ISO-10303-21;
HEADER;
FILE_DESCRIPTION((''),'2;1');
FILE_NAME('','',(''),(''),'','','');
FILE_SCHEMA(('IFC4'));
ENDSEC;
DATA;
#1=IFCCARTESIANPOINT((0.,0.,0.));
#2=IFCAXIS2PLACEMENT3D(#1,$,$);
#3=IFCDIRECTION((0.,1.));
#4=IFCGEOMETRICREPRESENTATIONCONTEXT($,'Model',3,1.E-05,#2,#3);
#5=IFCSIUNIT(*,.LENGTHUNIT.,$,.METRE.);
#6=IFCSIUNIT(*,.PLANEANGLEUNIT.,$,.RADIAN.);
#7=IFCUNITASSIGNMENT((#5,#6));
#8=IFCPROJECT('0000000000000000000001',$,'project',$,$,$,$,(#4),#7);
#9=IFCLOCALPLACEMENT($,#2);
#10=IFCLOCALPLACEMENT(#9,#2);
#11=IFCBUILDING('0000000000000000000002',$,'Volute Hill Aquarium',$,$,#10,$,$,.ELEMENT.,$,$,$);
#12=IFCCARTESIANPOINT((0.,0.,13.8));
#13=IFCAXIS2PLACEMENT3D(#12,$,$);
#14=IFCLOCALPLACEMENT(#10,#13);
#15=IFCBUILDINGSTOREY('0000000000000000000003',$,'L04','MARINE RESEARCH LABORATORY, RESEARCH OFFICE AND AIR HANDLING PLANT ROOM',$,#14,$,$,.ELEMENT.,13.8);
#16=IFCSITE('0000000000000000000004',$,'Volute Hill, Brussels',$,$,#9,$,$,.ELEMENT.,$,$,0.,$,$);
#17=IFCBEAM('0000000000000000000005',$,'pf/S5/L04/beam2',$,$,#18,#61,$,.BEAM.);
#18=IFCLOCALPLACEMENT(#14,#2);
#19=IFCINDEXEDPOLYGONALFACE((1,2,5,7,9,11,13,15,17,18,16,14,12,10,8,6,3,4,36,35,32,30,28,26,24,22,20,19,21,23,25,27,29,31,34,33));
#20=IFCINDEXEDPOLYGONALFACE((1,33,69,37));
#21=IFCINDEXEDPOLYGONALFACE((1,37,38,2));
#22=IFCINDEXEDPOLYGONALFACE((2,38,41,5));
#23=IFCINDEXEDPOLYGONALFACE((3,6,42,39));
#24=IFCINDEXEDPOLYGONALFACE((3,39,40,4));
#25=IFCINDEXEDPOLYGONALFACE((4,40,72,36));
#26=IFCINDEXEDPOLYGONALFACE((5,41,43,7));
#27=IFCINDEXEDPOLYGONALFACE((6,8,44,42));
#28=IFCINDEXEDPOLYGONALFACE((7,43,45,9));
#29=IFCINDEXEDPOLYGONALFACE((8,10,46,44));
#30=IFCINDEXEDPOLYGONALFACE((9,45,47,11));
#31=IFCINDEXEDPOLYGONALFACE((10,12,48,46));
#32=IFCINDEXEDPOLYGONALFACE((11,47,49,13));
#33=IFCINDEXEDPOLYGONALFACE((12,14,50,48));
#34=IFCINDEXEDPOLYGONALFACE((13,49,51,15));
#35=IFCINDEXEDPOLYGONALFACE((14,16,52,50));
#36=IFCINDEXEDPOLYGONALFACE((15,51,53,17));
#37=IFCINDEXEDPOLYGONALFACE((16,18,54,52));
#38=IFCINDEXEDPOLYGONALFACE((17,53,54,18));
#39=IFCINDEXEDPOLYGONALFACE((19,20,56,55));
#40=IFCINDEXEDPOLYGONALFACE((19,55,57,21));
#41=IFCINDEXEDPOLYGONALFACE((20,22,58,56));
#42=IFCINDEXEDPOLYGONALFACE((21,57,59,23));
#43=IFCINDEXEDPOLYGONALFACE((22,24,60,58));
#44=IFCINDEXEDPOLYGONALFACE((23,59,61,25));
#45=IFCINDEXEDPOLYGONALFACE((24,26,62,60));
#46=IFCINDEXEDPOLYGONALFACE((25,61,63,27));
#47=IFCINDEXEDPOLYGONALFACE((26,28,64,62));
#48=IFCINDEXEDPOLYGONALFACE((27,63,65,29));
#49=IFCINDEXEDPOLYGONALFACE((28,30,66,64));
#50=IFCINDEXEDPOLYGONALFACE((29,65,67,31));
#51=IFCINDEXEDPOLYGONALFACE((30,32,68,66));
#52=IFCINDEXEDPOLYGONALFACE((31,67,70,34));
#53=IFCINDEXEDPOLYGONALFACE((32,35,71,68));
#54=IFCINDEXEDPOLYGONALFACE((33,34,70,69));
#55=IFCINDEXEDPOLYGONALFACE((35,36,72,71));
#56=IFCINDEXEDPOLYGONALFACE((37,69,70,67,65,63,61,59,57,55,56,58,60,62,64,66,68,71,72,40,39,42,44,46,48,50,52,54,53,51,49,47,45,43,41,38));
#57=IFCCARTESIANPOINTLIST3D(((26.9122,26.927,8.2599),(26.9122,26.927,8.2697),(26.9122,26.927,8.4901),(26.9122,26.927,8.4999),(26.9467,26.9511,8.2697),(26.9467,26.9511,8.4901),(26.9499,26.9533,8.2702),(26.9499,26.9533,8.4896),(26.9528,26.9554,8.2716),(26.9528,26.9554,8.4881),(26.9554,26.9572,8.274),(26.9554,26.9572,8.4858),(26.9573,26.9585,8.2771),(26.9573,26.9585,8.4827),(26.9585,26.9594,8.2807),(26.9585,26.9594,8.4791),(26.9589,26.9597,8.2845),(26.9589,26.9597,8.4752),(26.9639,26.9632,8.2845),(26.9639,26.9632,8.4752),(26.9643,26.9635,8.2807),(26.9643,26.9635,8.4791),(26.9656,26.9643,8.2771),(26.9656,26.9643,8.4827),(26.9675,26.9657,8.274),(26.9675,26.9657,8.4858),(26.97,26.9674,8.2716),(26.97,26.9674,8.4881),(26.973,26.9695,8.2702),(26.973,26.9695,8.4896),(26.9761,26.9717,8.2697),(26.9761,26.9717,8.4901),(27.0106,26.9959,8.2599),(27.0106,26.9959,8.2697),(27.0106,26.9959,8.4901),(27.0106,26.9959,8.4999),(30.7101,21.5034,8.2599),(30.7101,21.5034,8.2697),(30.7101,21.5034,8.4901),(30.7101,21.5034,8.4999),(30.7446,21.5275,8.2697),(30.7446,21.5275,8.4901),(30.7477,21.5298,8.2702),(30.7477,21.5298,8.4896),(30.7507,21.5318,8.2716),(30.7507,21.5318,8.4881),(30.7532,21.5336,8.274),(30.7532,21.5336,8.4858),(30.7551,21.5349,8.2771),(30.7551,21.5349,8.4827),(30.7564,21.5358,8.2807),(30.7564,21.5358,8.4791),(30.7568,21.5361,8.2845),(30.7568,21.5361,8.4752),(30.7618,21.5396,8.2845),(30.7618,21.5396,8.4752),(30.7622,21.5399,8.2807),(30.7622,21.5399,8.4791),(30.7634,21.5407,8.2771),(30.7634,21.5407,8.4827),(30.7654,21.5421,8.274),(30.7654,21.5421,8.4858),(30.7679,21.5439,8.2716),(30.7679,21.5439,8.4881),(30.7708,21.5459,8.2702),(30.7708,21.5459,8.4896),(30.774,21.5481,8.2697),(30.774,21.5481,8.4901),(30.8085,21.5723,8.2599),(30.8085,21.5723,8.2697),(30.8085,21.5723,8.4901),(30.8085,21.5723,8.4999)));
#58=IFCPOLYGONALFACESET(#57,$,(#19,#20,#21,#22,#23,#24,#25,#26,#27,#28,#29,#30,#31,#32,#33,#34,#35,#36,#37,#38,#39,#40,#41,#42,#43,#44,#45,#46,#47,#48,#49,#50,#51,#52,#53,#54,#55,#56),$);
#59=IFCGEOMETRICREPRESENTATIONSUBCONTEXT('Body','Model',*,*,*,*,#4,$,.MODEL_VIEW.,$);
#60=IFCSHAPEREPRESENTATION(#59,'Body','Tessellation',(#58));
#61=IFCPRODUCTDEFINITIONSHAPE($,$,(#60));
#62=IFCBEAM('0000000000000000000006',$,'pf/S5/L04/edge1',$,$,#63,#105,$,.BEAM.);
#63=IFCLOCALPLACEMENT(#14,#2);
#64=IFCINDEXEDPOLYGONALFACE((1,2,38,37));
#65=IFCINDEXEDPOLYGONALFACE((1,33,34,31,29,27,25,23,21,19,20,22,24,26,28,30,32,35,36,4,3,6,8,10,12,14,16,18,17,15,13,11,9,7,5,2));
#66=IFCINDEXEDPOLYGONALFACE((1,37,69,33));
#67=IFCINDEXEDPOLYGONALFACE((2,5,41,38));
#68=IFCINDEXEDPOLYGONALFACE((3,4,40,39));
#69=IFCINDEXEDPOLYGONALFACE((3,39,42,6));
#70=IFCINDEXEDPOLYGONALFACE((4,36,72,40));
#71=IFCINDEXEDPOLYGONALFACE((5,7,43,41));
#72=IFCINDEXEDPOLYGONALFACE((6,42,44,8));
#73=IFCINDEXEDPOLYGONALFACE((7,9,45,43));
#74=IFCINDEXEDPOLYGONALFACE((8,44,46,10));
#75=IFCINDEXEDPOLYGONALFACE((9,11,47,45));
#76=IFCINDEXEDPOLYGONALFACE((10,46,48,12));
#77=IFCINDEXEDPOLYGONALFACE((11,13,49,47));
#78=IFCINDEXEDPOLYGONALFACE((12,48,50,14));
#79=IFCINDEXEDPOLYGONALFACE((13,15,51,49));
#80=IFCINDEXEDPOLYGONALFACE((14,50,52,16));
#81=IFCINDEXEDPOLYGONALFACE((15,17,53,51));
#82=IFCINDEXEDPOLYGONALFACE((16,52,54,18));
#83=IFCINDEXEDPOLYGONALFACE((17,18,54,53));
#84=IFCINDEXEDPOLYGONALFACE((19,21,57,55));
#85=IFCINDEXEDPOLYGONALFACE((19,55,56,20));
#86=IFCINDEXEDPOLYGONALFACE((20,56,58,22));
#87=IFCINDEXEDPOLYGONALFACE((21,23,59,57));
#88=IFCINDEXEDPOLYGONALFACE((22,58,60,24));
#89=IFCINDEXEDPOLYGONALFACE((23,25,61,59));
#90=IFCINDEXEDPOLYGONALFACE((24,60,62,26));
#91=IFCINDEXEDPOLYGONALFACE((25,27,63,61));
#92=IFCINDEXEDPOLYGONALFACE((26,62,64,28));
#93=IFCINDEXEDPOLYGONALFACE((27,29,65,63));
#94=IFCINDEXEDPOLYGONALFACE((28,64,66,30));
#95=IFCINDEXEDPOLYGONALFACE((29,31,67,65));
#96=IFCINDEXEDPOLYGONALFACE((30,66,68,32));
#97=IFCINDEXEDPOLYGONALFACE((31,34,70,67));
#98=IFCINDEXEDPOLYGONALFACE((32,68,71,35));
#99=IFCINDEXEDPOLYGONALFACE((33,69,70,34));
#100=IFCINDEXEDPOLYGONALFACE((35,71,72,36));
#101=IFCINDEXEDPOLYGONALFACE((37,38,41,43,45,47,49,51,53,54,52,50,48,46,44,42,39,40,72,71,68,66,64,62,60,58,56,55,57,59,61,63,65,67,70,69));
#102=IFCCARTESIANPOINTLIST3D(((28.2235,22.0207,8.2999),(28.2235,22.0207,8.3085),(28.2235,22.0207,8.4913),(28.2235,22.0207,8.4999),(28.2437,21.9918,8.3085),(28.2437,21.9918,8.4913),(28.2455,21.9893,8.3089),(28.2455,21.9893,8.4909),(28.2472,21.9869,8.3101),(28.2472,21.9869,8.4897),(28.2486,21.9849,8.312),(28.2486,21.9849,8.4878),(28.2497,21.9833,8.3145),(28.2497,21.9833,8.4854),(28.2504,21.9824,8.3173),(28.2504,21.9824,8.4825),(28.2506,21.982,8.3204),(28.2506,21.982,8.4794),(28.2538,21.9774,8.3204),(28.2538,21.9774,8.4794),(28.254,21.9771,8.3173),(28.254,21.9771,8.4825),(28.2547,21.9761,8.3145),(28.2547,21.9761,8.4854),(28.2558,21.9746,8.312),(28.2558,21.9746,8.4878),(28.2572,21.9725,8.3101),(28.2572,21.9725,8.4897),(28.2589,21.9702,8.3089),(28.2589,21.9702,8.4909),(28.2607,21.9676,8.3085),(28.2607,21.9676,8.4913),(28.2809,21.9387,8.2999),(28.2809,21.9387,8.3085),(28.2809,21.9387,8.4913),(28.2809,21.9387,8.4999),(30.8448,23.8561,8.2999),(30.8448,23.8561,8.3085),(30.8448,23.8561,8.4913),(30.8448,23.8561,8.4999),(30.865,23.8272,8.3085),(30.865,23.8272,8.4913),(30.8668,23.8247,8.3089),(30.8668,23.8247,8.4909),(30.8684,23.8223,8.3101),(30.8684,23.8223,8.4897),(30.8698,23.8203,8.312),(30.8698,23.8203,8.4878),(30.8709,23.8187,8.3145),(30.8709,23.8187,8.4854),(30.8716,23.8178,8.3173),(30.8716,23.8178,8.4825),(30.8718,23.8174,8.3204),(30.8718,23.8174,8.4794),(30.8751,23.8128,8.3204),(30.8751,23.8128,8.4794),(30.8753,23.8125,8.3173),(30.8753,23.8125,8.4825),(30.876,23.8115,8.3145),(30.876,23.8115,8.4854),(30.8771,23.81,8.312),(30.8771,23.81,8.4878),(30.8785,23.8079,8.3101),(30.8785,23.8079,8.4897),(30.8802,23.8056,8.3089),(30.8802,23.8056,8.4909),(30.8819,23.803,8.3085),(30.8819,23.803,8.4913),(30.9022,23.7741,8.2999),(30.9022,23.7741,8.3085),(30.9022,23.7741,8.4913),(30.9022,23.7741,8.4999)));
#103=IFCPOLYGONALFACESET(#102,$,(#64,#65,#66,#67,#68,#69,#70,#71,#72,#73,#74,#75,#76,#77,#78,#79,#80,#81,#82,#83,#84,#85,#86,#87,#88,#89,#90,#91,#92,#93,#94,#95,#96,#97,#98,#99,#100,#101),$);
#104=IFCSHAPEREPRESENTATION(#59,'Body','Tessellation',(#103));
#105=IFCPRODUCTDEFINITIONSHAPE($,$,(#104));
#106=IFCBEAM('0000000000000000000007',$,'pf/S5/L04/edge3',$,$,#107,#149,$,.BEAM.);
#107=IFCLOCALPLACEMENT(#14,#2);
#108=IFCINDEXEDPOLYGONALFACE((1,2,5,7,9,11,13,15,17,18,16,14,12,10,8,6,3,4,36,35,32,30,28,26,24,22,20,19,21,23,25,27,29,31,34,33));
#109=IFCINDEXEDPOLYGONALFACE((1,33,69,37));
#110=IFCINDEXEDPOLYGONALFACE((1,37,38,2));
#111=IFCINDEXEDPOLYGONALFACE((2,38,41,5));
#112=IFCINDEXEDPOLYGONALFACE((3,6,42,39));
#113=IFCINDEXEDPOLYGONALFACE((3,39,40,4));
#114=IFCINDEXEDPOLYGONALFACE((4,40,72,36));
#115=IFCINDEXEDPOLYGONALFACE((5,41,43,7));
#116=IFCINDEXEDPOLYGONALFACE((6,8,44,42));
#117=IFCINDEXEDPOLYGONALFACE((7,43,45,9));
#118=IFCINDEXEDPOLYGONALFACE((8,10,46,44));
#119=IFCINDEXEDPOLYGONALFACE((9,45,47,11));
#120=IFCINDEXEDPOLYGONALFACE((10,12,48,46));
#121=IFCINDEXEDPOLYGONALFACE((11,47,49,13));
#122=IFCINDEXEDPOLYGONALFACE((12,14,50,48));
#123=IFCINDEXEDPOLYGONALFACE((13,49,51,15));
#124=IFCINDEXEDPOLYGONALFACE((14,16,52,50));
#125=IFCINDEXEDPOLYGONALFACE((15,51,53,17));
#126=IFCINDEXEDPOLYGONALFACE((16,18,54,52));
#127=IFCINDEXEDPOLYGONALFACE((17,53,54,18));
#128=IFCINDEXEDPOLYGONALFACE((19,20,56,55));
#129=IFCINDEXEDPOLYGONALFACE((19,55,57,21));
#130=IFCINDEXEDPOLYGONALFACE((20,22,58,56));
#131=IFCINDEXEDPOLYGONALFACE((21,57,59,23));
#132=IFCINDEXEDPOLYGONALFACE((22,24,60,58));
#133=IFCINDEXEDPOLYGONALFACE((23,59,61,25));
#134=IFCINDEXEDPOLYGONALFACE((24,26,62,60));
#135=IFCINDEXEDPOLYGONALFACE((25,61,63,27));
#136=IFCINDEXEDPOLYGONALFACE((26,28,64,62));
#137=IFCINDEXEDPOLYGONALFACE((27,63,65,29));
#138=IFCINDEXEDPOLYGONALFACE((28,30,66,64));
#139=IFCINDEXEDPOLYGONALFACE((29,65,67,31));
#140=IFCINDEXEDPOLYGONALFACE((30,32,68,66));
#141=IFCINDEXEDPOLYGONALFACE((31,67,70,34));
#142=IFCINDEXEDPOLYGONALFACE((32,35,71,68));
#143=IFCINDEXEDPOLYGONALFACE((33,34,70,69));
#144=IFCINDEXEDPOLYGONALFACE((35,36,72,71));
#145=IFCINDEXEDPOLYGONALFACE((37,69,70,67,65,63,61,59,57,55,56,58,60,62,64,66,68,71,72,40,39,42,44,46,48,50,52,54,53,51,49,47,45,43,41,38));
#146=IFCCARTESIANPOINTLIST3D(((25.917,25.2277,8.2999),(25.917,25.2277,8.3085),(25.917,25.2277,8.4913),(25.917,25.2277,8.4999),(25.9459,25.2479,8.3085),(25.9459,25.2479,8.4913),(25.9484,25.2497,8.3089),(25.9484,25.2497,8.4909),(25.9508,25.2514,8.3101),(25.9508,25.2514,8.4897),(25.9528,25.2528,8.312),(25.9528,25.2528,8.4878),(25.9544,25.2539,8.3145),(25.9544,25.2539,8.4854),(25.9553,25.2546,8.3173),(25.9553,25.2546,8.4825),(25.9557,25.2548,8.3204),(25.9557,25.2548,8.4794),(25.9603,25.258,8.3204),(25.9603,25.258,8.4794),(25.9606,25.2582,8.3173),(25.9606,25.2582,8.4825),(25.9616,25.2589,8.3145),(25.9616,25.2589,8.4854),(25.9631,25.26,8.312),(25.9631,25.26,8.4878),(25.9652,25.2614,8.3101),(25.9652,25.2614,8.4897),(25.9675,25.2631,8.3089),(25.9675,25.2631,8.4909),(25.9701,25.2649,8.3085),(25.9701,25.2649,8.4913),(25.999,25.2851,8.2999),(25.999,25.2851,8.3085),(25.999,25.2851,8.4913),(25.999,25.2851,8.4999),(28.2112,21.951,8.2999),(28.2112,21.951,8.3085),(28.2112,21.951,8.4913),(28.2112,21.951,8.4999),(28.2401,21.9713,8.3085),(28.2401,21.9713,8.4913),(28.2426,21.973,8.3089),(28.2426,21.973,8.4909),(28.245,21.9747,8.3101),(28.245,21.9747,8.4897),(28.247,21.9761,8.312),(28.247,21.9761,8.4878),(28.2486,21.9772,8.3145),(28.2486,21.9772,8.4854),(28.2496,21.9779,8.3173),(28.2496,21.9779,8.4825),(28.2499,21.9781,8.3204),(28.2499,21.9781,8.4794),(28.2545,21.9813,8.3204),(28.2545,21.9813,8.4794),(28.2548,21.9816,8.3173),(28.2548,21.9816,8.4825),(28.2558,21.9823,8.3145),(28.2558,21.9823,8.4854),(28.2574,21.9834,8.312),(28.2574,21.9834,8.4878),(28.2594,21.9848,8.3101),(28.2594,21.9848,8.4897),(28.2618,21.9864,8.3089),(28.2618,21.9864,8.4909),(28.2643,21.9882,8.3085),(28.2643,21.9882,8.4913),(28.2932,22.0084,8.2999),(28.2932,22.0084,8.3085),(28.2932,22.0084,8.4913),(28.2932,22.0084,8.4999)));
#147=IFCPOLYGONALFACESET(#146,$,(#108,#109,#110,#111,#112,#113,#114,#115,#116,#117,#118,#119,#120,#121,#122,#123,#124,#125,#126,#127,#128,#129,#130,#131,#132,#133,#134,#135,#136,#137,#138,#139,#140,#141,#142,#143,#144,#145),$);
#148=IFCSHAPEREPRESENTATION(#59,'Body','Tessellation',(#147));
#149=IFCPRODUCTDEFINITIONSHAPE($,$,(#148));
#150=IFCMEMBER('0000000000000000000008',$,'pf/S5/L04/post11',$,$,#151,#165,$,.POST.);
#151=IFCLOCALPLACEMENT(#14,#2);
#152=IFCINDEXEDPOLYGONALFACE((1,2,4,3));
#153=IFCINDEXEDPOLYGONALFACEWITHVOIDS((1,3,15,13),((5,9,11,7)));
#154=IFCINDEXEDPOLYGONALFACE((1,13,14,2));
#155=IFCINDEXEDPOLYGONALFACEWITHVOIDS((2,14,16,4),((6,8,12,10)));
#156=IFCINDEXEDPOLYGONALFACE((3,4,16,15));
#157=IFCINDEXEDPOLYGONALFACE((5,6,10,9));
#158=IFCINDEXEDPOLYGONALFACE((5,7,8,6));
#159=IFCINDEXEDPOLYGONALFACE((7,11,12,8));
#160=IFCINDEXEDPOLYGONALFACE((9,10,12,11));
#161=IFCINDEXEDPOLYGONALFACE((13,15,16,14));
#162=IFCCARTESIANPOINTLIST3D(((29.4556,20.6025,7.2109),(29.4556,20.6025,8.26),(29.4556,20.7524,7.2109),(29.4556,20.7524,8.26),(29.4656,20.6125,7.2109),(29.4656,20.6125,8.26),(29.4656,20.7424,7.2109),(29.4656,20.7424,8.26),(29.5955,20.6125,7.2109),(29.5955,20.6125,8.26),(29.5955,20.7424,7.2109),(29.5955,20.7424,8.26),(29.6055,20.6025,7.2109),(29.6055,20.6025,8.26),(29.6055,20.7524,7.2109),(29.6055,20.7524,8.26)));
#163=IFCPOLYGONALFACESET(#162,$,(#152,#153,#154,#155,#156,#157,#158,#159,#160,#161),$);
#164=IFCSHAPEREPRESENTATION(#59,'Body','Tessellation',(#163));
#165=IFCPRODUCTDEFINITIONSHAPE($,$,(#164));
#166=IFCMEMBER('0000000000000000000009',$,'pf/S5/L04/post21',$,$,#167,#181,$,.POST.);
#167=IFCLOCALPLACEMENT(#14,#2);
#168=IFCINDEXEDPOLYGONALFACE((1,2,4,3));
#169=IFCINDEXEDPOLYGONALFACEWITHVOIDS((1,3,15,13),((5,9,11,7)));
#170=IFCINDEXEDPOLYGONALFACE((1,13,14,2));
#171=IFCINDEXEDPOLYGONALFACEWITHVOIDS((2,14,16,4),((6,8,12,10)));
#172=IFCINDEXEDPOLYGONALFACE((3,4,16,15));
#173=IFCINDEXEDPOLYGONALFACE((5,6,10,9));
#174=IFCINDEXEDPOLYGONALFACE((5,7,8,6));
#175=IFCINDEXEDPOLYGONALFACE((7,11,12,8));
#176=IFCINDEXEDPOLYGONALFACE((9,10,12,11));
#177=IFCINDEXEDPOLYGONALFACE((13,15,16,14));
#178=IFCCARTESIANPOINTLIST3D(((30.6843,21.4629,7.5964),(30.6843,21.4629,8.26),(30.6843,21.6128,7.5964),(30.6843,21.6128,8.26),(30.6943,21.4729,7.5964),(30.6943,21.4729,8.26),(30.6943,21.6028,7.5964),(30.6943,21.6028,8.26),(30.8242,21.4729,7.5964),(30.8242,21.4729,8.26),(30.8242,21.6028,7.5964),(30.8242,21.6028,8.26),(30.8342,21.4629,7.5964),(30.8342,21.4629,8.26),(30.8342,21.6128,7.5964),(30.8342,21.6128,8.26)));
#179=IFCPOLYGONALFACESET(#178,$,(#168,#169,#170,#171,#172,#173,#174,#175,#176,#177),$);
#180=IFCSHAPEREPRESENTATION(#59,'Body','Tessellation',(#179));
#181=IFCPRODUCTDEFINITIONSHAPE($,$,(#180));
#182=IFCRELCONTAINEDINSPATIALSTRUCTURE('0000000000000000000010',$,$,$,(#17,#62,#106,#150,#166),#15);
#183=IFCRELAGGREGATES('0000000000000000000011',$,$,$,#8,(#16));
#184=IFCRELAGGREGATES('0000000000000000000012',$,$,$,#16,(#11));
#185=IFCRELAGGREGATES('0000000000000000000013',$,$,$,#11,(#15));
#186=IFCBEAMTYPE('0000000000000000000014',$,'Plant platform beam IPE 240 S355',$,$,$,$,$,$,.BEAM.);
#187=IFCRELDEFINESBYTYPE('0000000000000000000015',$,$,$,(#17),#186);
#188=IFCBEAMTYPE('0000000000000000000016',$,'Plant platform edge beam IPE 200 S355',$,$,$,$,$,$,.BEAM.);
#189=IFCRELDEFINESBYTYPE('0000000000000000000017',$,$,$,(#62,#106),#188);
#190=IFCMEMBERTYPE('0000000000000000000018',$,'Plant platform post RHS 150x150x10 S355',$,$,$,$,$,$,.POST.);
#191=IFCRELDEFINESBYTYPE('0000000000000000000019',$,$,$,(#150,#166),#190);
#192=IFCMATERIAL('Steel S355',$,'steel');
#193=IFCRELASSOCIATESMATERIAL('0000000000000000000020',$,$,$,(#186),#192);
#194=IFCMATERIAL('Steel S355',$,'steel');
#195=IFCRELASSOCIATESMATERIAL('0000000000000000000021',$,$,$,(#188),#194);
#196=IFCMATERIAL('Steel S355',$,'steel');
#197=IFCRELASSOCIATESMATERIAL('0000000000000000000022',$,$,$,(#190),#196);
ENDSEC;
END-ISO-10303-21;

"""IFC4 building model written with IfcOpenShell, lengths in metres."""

from ifc_helpers import new_model, si_unit, direction, frame, origin, origin_2d, place, context, subcontext, project, spatial, hollow_rectangle, i_section, extrude, material, material_profile, profile_set, type_object, element, save


model = new_model("IFC4")

# Units and contexts
model_context = context("Model", 3, precision=1e-05, world=origin(), true_north=direction((0.0, 1.0)))
body_context = subcontext(model_context, "Body", "Model", "MODEL_VIEW")
ifc_project = project(units=[si_unit("LENGTHUNIT", "METRE"), si_unit("PLANEANGLEUNIT", "RADIAN")], contexts=[model_context])

# Site, building, storey
site_placement = place(None, origin())
site = spatial("IfcSite", under=ifc_project, at=site_placement, Name="Volute Hill, Brussels", CompositionType="ELEMENT", RefElevation=0.0)
building_placement = place(site_placement, origin())
building = spatial("IfcBuilding", under=site, at=building_placement, Name="Volute Hill Aquarium", CompositionType="ELEMENT")
storey_placement = place(building_placement, frame((0.0, 0.0, 13.8)))
storey = spatial("IfcBuildingStorey", under=building, at=storey_placement, Name="L04", Description="MARINE RESEARCH LABORATORY, RESEARCH OFFICE AND AIR HANDLING PLANT ROOM", CompositionType="ELEMENT", Elevation=13.8)

# Beams
ifc_material_1 = material(Name="Steel S355", Category="steel")
ifc_material_profile_1 = material_profile(ifc_material_1, i_section(OverallWidth=0.1201, OverallDepth=0.24, WebThickness=0.0061, FlangeThickness=0.0098, FilletRadius=0.0149, at=origin_2d()), Name="IPE 240")
ifc_profile_set_1 = profile_set([ifc_material_profile_1], Name="Steel S355")
beam_type_1 = type_object("IfcBeamType", Name="Plant platform beam IPE 240 S355", PredefinedType="BEAM", material=ifc_profile_set_1)
beam_1_placement = place(storey_placement, frame((30.7593, 21.5378, 8.3799), z_axis=(-0.573598, 0.819137, 0.0), x_axis=(-0.819137, -0.573598, 0.0)))
element("IfcBeam", 1, at=beam_1_placement, inside=storey, type_object=beam_type_1, Name="pf/S5/L04/beam2", PredefinedType="BEAM", context=body_context, shape_type="SweptSolid", body=[
    extrude(i_section(OverallWidth=0.1201, OverallDepth=0.24, WebThickness=0.0061, FlangeThickness=0.0098, FilletRadius=0.0149, at=origin_2d()), origin(), (0.0, 0.0, 1.0), 6.6211),
])
ifc_material_2 = material(Name="Steel S355", Category="steel")
ifc_material_profile_2 = material_profile(ifc_material_2, i_section(OverallWidth=0.1001, OverallDepth=0.2, WebThickness=0.0056, FlangeThickness=0.0085, FilletRadius=0.012, at=origin_2d()), Name="IPE 200")
ifc_profile_set_2 = profile_set([ifc_material_profile_2], Name="Steel S355")
beam_type_2 = type_object("IfcBeamType", Name="Plant platform edge beam IPE 200 S355", PredefinedType="BEAM", material=ifc_profile_set_2)
beam_2_placement = place(storey_placement, frame((28.2522, 21.9797, 8.3999), z_axis=(0.819157, 0.57357, 0.0), x_axis=(-0.57357, 0.819157, 0.0)))
element("IfcBeam", 2, at=beam_2_placement, inside=storey, type_object=beam_type_2, Name="pf/S5/L04/edge1", PredefinedType="BEAM", context=body_context, shape_type="SweptSolid", body=[
    extrude(i_section(OverallWidth=0.1001, OverallDepth=0.2, WebThickness=0.0056, FlangeThickness=0.0085, FilletRadius=0.012, at=origin_2d()), origin(), (0.0, 0.0, 1.0), 3.2),
])
beam_3_placement = place(storey_placement, frame((28.2522, 21.9797, 8.3999), z_axis=(-0.573557, 0.819166, 0.0), x_axis=(-0.819166, -0.573557, 0.0)))
element("IfcBeam", 3, at=beam_3_placement, inside=storey, type_object=beam_type_2, Name="pf/S5/L04/edge3", PredefinedType="BEAM", context=body_context, shape_type="SweptSolid", body=[
    extrude(i_section(OverallWidth=0.1001, OverallDepth=0.2, WebThickness=0.0056, FlangeThickness=0.0085, FilletRadius=0.012, at=origin_2d()), origin(), (0.0, 0.0, 1.0), 4.0),
])

# Members
ifc_material_3 = material(Name="Steel S355", Category="steel")
ifc_material_profile_3 = material_profile(ifc_material_3, hollow_rectangle(XDim=0.1499, YDim=0.1499, WallThickness=0.01, at=origin_2d()), Name="RHS 150x150x10")
ifc_profile_set_3 = profile_set([ifc_material_profile_3], Name="Steel S355")
member_type = type_object("IfcMemberType", Name="Plant platform post RHS 150x150x10 S355", PredefinedType="POST", material=ifc_profile_set_3)
member_1_placement = place(storey_placement, frame((29.5305, 20.6775, 7.2109), z_axis=(0.0, 0.0, 1.0), x_axis=(1.0, 0.0, 0.0)))
element("IfcMember", 4, at=member_1_placement, inside=storey, type_object=member_type, Name="pf/S5/L04/post11", PredefinedType="POST", context=body_context, shape_type="SweptSolid", body=[
    extrude(hollow_rectangle(XDim=0.1499, YDim=0.1499, WallThickness=0.01, at=origin_2d()), origin(), (0.0, 0.0, 1.0), 1.0491),
])
member_2_placement = place(storey_placement, frame((30.7593, 21.5378, 7.5964), z_axis=(0.0, 0.0, 1.0), x_axis=(1.0, 0.0, 0.0)))
element("IfcMember", 5, at=member_2_placement, inside=storey, type_object=member_type, Name="pf/S5/L04/post21", PredefinedType="POST", context=body_context, shape_type="SweptSolid", body=[
    extrude(hollow_rectangle(XDim=0.1499, YDim=0.1499, WallThickness=0.01, at=origin_2d()), origin(), (0.0, 0.0, 1.0), 0.6636),
])

save(model, "model.ifc")
